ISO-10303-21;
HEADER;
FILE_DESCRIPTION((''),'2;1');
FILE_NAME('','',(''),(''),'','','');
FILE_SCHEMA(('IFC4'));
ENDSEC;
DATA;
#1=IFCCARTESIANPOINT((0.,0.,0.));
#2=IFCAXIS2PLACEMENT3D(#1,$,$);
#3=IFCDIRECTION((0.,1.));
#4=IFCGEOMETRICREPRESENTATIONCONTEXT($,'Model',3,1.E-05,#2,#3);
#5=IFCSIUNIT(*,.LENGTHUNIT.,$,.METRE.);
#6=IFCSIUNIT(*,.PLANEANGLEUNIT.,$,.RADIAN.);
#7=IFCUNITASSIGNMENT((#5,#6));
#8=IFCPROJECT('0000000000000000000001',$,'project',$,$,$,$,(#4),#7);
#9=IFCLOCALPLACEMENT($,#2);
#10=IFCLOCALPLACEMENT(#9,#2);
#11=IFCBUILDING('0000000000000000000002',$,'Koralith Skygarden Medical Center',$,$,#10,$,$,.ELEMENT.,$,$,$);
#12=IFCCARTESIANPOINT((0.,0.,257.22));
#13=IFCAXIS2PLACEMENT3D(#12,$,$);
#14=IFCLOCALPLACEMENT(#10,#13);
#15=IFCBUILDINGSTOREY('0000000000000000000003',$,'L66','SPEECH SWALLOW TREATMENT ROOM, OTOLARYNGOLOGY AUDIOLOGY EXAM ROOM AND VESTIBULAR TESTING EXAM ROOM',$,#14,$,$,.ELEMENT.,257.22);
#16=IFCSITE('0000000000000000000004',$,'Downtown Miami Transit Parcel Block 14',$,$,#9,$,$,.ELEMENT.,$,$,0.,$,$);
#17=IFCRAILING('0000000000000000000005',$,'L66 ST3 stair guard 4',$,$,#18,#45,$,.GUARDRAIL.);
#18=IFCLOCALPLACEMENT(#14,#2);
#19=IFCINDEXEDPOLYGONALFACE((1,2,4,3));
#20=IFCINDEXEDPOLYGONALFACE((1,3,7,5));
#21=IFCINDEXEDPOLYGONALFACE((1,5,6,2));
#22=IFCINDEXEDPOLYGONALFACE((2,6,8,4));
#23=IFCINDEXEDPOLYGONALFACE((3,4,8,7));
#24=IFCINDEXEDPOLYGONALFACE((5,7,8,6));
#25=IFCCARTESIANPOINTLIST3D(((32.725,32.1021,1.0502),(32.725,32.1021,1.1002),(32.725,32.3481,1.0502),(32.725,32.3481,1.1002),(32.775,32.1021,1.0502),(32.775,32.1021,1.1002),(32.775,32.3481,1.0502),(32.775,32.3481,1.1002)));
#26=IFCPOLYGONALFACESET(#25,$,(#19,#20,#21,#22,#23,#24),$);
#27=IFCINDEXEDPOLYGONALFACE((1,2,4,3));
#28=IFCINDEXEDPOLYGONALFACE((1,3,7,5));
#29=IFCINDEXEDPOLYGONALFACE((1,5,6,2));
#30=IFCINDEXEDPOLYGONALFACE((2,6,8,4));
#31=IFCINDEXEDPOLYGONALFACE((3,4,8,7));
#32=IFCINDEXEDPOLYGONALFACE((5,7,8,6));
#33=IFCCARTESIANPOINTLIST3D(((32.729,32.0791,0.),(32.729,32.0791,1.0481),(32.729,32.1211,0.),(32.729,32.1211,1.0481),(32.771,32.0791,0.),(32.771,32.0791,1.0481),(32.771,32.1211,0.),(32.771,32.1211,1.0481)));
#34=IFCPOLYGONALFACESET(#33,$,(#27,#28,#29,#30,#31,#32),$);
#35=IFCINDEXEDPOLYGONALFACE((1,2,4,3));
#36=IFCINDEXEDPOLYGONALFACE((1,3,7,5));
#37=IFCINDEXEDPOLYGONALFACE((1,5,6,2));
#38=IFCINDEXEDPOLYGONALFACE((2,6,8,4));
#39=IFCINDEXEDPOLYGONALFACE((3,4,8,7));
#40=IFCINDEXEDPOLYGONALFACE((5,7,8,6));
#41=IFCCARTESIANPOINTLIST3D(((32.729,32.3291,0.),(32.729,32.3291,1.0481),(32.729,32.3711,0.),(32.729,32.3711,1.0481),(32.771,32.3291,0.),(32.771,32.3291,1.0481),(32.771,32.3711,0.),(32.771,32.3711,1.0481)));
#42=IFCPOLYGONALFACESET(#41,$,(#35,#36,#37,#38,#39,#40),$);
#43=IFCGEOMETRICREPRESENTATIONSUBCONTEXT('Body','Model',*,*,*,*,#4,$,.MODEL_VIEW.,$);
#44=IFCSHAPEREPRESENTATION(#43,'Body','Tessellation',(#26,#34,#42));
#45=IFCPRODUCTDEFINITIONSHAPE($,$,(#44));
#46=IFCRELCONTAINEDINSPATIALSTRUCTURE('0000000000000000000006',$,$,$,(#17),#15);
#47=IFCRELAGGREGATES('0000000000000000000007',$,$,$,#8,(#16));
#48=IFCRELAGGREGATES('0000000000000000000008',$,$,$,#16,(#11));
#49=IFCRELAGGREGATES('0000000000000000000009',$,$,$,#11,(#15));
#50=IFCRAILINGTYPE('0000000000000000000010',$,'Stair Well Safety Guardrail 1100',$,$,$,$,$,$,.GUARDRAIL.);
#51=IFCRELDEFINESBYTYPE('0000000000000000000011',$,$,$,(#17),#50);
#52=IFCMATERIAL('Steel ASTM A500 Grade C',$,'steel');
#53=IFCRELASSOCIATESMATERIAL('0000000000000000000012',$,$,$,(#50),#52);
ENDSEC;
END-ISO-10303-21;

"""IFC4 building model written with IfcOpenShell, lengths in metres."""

from ifc_helpers import new_model, si_unit, direction, frame, origin, origin_2d, place, context, subcontext, project, spatial, rectangle, extrude, material, type_object, element, save


model = new_model("IFC4")

# Units and contexts
model_context = context("Model", 3, precision=1e-05, world=origin(), true_north=direction((0.0, 1.0)))
body_context = subcontext(model_context, "Body", "Model", "MODEL_VIEW")
ifc_project = project(units=[si_unit("LENGTHUNIT", "METRE"), si_unit("PLANEANGLEUNIT", "RADIAN")], contexts=[model_context])

# Site, building, storey
site_placement = place(None, origin())
site = spatial("IfcSite", under=ifc_project, at=site_placement, Name="Downtown Miami Transit Parcel Block 14", CompositionType="ELEMENT", RefElevation=0.0)
building_placement = place(site_placement, origin())
building = spatial("IfcBuilding", under=site, at=building_placement, Name="Koralith Skygarden Medical Center", CompositionType="ELEMENT")
storey_placement = place(building_placement, frame((0.0, 0.0, 257.22)))
storey = spatial("IfcBuildingStorey", under=building, at=storey_placement, Name="L66", Description="SPEECH SWALLOW TREATMENT ROOM, OTOLARYNGOLOGY AUDIOLOGY EXAM ROOM AND VESTIBULAR TESTING EXAM ROOM", CompositionType="ELEMENT", Elevation=257.22)

# Railing
ifc_material_1 = material(Name="Steel ASTM A500 Grade C", Category="steel")
railing_type_1 = type_object("IfcRailingType", Name="Stair Well Safety Guardrail 1100", PredefinedType="GUARDRAIL", material=ifc_material_1)
railing_1_placement = place(storey_placement, frame((32.75, 32.1001, 0.0)))
element("IfcRailing", 1, at=railing_1_placement, inside=storey, type_object=railing_type_1, Name="L66 ST3 stair guard 4", PredefinedType="GUARDRAIL", context=body_context, shape_type="SweptSolid", body=[
    extrude(rectangle(XDim=0.05, YDim=0.05, at=origin_2d()), frame((0.0, 0.002, 1.0752), z_axis=(0.0, 1.0, 0.0), x_axis=(-1.0, 0.0, 0.0)), (0.0, 0.0, 1.0), 0.2461),
    extrude(rectangle(XDim=0.042, YDim=0.042, at=origin_2d()), origin(), (0.0, 0.0, 1.0), 1.0481),
    extrude(rectangle(XDim=0.042, YDim=0.042, at=origin_2d()), frame((0.0, 0.25, 0.0)), (0.0, 0.0, 1.0), 1.0481),
])

save(model, "model.ifc")
